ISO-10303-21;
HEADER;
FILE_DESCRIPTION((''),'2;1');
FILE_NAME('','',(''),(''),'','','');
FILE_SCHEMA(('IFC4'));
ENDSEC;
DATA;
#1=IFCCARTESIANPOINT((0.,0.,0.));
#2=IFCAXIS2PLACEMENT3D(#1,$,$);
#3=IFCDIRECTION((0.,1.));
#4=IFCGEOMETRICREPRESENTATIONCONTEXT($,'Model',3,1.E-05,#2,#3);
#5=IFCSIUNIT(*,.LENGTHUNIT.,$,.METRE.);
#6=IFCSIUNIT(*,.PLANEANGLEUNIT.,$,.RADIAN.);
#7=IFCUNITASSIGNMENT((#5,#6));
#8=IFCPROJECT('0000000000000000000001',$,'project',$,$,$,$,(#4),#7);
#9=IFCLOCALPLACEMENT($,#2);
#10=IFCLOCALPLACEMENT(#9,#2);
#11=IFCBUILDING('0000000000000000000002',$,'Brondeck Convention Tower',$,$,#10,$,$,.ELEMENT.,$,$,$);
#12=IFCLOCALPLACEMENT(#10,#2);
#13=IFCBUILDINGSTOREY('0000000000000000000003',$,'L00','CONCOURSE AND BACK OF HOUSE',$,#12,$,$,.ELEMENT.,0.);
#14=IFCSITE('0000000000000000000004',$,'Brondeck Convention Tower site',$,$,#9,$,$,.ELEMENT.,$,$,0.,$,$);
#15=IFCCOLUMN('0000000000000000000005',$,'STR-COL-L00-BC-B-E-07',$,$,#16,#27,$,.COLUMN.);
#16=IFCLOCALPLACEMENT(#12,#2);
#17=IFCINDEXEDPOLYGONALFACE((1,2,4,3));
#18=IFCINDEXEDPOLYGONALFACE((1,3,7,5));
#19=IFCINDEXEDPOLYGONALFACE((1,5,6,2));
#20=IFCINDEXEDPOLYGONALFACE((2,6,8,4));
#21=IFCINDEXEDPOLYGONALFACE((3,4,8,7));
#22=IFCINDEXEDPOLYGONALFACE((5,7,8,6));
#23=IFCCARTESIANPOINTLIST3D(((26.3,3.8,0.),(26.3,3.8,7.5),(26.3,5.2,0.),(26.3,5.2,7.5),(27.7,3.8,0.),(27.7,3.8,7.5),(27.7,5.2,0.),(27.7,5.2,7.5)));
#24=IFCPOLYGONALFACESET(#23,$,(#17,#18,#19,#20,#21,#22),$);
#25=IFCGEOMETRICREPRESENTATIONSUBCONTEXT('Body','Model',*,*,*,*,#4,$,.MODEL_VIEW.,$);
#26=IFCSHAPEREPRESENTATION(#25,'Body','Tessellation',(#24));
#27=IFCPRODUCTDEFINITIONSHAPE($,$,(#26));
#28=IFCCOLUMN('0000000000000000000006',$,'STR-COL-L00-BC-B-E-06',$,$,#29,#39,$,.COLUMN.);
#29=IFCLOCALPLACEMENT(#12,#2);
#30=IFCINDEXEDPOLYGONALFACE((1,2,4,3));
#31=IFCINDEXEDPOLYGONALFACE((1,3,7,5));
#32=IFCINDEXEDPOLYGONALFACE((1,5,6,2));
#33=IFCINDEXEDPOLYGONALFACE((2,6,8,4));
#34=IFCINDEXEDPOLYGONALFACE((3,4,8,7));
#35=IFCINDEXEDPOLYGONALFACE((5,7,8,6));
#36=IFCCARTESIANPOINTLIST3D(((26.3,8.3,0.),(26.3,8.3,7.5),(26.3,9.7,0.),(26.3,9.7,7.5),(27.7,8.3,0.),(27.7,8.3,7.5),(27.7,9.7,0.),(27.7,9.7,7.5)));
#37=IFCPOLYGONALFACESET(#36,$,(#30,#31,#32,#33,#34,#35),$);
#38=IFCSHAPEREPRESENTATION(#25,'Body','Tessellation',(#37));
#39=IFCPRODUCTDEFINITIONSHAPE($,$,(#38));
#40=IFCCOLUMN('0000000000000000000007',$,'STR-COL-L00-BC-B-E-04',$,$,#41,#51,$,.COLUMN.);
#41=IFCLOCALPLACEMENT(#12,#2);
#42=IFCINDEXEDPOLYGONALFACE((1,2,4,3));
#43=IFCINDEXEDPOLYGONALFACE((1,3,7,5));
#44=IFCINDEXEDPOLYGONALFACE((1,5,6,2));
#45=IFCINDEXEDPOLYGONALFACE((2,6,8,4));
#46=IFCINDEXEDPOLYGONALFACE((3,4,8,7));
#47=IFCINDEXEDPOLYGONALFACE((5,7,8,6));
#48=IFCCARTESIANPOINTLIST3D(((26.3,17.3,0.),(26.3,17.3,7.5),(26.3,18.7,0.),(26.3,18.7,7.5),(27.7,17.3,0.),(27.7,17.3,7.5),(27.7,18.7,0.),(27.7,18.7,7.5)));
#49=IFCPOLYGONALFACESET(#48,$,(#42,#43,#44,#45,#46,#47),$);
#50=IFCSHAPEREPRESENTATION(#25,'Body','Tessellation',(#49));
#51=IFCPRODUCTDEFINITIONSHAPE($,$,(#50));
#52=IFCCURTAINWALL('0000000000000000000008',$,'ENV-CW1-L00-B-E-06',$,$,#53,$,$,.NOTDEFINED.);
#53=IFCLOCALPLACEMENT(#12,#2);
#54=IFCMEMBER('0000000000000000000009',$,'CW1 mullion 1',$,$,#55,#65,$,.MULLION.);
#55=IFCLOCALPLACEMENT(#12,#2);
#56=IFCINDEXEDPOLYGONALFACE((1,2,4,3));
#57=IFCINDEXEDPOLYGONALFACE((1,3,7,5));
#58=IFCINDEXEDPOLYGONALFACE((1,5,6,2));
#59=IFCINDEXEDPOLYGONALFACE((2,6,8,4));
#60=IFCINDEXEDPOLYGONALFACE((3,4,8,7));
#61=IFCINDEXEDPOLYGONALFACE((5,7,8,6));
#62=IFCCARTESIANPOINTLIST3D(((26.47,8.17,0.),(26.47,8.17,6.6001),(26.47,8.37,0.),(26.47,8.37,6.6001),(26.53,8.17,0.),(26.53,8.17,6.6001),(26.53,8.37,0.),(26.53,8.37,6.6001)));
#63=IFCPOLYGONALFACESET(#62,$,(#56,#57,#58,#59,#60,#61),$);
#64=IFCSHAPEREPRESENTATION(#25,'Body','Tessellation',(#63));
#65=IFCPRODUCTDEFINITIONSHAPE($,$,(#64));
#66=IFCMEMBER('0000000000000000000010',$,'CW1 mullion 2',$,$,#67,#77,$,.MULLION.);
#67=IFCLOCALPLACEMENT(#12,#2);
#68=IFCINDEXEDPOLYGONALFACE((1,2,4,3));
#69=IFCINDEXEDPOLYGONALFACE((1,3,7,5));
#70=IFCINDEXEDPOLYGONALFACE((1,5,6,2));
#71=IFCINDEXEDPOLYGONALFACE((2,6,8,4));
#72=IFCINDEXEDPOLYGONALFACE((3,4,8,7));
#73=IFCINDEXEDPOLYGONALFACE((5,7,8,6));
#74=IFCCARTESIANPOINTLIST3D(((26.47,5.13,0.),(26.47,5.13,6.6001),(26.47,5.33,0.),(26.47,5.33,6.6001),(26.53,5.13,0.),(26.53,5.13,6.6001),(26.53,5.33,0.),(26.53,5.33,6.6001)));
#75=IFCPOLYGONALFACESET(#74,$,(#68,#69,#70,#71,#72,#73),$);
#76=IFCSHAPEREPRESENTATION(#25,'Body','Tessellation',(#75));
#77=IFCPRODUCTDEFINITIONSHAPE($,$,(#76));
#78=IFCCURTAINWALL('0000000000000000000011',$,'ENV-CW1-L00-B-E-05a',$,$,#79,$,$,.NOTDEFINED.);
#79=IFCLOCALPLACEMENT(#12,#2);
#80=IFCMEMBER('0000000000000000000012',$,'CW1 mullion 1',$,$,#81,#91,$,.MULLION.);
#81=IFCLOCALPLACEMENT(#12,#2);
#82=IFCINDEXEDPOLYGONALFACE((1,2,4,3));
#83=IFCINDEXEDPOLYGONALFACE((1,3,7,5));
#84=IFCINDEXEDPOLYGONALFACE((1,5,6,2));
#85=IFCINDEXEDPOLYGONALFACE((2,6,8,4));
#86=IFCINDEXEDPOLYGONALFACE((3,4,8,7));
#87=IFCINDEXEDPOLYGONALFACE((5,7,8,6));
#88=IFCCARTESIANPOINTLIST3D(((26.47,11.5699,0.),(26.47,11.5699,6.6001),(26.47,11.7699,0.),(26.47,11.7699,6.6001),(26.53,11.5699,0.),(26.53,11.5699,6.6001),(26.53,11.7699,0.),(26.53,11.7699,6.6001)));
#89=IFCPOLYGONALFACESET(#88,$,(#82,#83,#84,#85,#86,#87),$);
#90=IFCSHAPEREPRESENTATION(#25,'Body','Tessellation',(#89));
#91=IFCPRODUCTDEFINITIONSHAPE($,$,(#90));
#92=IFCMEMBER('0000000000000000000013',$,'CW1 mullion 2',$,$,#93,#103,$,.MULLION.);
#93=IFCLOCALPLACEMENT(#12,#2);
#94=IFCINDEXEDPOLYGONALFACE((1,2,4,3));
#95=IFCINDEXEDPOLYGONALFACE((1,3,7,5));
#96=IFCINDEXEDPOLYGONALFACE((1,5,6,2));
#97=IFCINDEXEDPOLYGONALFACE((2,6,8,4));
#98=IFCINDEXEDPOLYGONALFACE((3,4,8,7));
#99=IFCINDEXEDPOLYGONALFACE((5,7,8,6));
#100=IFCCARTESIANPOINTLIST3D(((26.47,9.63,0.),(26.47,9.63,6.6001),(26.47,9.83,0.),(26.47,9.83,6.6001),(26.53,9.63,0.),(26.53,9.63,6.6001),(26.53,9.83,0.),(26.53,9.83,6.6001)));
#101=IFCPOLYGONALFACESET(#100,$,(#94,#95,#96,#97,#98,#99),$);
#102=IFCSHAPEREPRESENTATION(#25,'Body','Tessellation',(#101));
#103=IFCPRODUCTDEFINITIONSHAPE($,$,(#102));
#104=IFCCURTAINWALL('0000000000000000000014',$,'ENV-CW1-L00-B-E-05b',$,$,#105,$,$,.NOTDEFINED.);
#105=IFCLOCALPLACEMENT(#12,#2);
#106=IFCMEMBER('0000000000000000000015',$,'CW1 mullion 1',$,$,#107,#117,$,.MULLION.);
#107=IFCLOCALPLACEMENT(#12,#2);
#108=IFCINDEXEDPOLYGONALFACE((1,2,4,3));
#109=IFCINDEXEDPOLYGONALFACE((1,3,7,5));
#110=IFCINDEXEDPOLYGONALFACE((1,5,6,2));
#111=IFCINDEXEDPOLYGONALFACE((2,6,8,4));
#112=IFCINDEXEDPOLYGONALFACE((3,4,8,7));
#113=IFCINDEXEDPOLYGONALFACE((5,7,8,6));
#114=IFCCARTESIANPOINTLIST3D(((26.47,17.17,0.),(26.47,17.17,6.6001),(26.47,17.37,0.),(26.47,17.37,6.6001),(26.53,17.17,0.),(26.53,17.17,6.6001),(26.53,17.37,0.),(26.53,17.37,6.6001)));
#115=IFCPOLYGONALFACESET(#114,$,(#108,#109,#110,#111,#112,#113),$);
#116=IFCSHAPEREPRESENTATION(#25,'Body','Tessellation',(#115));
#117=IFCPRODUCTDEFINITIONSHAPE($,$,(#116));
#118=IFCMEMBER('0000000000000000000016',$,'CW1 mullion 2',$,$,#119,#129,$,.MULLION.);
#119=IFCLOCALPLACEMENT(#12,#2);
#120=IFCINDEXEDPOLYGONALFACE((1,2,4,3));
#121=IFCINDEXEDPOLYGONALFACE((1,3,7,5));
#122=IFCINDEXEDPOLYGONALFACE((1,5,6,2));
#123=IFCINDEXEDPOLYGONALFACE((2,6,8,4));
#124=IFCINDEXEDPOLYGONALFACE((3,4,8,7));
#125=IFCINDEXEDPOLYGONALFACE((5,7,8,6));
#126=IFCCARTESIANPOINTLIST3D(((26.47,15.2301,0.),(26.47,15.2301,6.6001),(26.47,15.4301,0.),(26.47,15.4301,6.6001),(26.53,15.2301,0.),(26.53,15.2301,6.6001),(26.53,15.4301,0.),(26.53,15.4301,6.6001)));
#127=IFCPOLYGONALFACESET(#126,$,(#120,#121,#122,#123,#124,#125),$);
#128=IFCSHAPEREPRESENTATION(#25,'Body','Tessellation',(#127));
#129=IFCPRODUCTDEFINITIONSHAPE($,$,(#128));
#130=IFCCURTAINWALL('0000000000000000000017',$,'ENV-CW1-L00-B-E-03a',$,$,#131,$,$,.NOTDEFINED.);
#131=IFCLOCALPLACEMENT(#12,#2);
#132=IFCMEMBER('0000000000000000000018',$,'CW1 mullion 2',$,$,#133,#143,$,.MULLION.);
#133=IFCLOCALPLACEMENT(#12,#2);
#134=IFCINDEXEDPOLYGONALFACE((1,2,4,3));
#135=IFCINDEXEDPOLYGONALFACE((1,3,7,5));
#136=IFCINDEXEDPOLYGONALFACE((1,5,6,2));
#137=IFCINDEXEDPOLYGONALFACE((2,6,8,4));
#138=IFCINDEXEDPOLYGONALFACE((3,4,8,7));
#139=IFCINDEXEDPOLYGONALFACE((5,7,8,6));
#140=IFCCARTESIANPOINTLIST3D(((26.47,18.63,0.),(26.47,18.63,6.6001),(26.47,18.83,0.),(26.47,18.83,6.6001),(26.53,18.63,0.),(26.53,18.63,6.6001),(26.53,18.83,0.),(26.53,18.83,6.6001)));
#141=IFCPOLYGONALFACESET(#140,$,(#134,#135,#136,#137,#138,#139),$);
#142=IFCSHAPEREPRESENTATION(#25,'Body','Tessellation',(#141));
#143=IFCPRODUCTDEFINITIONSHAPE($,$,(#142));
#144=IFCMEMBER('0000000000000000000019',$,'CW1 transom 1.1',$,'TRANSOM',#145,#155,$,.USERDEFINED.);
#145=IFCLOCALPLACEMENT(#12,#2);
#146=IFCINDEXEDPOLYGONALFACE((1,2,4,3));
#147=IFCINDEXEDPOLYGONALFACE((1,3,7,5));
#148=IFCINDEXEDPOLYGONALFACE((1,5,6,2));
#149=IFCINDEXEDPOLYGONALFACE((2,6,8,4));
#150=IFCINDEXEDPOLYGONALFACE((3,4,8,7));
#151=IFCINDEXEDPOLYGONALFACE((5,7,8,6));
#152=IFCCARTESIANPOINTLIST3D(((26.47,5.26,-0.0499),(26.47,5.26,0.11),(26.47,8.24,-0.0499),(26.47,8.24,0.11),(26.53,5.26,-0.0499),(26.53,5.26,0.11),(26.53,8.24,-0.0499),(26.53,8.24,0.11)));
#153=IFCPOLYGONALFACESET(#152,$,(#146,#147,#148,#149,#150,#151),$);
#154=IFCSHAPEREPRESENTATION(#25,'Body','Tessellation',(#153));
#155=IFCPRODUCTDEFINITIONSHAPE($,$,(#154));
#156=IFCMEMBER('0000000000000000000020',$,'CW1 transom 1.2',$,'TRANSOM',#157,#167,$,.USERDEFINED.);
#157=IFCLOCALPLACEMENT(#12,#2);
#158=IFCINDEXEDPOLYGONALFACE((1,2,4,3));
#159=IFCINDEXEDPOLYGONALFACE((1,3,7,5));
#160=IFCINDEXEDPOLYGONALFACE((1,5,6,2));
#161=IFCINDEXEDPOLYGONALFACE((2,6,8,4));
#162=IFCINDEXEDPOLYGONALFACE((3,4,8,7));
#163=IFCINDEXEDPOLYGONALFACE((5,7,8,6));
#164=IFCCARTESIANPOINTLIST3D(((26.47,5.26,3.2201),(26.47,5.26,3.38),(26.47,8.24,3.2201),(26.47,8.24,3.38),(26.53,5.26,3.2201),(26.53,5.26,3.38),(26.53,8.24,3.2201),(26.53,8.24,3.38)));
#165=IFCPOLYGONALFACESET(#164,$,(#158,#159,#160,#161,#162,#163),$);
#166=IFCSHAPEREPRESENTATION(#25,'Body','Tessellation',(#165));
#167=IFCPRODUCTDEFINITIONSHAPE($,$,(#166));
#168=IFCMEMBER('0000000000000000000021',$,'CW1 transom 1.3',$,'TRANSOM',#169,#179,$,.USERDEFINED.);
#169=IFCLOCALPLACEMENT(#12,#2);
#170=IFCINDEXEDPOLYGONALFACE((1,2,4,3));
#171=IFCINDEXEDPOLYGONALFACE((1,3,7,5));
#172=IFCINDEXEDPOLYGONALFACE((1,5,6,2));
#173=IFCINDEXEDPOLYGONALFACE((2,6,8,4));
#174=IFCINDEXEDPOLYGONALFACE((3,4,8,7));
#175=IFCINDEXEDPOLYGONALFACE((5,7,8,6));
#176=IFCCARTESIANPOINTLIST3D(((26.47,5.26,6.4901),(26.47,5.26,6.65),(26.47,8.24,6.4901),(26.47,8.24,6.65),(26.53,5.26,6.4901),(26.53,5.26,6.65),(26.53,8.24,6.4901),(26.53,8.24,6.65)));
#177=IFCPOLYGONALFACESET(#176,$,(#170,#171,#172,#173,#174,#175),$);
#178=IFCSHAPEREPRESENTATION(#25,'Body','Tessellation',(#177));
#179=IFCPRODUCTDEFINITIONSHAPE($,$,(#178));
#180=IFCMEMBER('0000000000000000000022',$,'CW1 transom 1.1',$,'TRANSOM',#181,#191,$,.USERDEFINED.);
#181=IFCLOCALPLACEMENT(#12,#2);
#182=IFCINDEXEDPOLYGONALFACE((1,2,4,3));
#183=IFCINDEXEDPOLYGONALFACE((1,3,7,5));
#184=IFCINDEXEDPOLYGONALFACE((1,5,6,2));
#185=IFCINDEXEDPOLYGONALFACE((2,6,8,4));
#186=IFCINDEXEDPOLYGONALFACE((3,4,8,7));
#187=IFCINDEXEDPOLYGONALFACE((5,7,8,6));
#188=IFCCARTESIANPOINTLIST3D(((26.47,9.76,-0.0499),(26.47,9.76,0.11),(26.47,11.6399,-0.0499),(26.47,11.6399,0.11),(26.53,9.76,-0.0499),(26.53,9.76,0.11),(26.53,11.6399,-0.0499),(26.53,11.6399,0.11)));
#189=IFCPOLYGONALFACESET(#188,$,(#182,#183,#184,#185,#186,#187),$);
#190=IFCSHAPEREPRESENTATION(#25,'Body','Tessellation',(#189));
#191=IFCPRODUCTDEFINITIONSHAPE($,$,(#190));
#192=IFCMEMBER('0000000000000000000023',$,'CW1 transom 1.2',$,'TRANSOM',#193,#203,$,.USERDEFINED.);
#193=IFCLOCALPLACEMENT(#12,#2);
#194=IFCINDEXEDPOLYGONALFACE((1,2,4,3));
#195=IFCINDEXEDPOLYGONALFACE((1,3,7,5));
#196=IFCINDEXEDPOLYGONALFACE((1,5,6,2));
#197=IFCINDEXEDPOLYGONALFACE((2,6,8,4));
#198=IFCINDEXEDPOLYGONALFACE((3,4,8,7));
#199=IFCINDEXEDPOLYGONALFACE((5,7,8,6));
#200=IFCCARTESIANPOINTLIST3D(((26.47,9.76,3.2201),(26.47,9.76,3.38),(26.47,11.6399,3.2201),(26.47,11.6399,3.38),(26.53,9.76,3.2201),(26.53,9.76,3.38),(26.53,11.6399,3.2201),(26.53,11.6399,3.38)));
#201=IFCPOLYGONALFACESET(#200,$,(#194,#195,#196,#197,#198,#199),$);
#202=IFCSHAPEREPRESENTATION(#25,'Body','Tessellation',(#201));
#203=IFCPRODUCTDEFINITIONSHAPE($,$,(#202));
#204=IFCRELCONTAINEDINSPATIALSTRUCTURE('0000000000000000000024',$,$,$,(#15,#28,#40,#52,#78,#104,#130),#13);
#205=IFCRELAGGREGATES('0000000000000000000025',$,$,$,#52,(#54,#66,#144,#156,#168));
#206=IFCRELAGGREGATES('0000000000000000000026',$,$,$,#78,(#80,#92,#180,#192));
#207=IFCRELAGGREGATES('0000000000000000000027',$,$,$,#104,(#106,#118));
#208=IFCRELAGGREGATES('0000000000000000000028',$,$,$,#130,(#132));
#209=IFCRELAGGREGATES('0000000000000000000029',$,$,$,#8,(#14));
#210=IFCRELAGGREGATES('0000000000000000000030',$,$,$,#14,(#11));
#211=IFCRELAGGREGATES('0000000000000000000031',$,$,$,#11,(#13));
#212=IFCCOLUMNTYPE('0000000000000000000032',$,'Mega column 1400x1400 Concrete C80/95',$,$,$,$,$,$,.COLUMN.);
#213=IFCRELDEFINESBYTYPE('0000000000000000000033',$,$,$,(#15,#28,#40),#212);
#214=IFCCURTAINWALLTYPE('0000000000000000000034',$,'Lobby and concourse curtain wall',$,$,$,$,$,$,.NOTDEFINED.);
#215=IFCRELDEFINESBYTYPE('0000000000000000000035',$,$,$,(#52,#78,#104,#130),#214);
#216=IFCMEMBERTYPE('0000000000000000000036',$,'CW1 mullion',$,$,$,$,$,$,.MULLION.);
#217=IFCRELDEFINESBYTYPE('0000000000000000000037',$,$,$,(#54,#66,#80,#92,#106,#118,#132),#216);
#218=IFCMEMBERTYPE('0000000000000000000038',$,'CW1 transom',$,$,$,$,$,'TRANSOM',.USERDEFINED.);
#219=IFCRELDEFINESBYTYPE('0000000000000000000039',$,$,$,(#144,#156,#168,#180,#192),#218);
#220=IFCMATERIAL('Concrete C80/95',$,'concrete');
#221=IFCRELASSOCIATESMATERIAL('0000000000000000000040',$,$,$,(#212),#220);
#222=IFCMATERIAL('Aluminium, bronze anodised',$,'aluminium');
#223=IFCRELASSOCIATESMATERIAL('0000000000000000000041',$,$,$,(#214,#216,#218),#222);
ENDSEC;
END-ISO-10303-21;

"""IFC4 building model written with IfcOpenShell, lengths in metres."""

from ifc_helpers import new_model, si_unit, direction, frame, origin, origin_2d, place, context, subcontext, project, spatial, rectangle, extrude, material, material_profile, profile_set, type_object, element, aggregate, save


model = new_model("IFC4")

# Units and contexts
model_context = context("Model", 3, precision=1e-05, world=origin(), true_north=direction((0.0, 1.0)))
body_context = subcontext(model_context, "Body", "Model", "MODEL_VIEW")
ifc_project = project(units=[si_unit("LENGTHUNIT", "METRE"), si_unit("PLANEANGLEUNIT", "RADIAN")], contexts=[model_context])

# Site, building, storey
site_placement = place(None, origin())
site = spatial("IfcSite", under=ifc_project, at=site_placement, Name="Brondeck Convention Tower site", CompositionType="ELEMENT", RefElevation=0.0)
building_placement = place(site_placement, origin())
building = spatial("IfcBuilding", under=site, at=building_placement, Name="Brondeck Convention Tower", CompositionType="ELEMENT")
storey_placement = place(building_placement, origin())
storey = spatial("IfcBuildingStorey", under=building, at=storey_placement, Name="L00", Description="CONCOURSE AND BACK OF HOUSE", CompositionType="ELEMENT", Elevation=0.0)

# Columns
ifc_material_1 = material(Name="Concrete C80/95", Category="concrete")
ifc_material_profile_1 = material_profile(ifc_material_1, rectangle(XDim=1.3999, YDim=1.3999, at=origin_2d()), Name="Mega column 1400x1400 Concrete C80/95")
ifc_profile_set_1 = profile_set([ifc_material_profile_1], Name="Concrete C80/95")
column_type = type_object("IfcColumnType", Name="Mega column 1400x1400 Concrete C80/95", PredefinedType="COLUMN", material=ifc_profile_set_1)
for number, where, z_axis, x_axis, name in (
    (1, (27.0, 4.5, 0.0), (0.0, 0.0, 1.0), (1.0, 0.0, 0.0), "STR-COL-L00-BC-B-E-07"),
    (2, (27.0, 9.0, 0.0), (0.0, 0.0, 1.0), (1.0, 0.0, 0.0), "STR-COL-L00-BC-B-E-06"),
    (3, (27.0, 18.0, 0.0), (0.0, 0.0, 1.0), (1.0, 0.0, 0.0), "STR-COL-L00-BC-B-E-04"),
):
    element("IfcColumn", number, at=place(storey_placement, frame(where, z_axis=z_axis, x_axis=x_axis)), inside=storey, type_object=column_type, Name=name, PredefinedType="COLUMN", context=body_context, shape_type="SweptSolid", body=[
        extrude(rectangle(XDim=1.3999, YDim=1.3999, at=origin_2d()), origin(), (0.0, 0.0, 1.0), 7.5),
    ])

# Curtain walls, members
ifc_material_2 = material(Name="Aluminium, bronze anodised", Category="aluminium")
curtain_wall_type = type_object("IfcCurtainWallType", Name="Lobby and concourse curtain wall", PredefinedType="NOTDEFINED", material=ifc_material_2)
curtain_wall_1_placement = place(storey_placement, origin())
curtain_wall_1 = element("IfcCurtainWall", 4, at=curtain_wall_1_placement, inside=storey, type_object=curtain_wall_type, Name="ENV-CW1-L00-B-E-06", PredefinedType="NOTDEFINED")
ifc_material_profile_2 = material_profile(ifc_material_2, rectangle(XDim=0.0601, YDim=0.2, at=origin_2d()), Name="CW1 mullion")
ifc_profile_set_2 = profile_set([ifc_material_profile_2], Name="Aluminium, bronze anodised")
member_type_1 = type_object("IfcMemberType", Name="CW1 mullion", PredefinedType="MULLION", material=ifc_profile_set_2)
member_1_placement = place(storey_placement, frame((26.5, 8.27, 0.0), z_axis=(0.0, 0.0, 1.0), x_axis=(1.0, 0.0, 0.0)))
member_1 = element("IfcMember", 5, at=member_1_placement, type_object=member_type_1, Name="CW1 mullion 1", PredefinedType="MULLION", context=body_context, shape_type="SweptSolid", body=[
    extrude(rectangle(XDim=0.0601, YDim=0.2, at=origin_2d()), origin(), (0.0, 0.0, 1.0), 6.6001),
])
member_2_placement = place(storey_placement, frame((26.5, 5.23, 0.0), z_axis=(0.0, 0.0, 1.0), x_axis=(1.0, 0.0, 0.0)))
member_2 = element("IfcMember", 6, at=member_2_placement, type_object=member_type_1, Name="CW1 mullion 2", PredefinedType="MULLION", context=body_context, shape_type="SweptSolid", body=[
    extrude(rectangle(XDim=0.0601, YDim=0.2, at=origin_2d()), origin(), (0.0, 0.0, 1.0), 6.6001),
])
curtain_wall_2_placement = place(storey_placement, origin())
curtain_wall_2 = element("IfcCurtainWall", 7, at=curtain_wall_2_placement, inside=storey, type_object=curtain_wall_type, Name="ENV-CW1-L00-B-E-05a", PredefinedType="NOTDEFINED")
member_3_placement = place(storey_placement, frame((26.5, 11.6699, 0.0), z_axis=(0.0, 0.0, 1.0), x_axis=(1.0, 0.0, 0.0)))
member_3 = element("IfcMember", 8, at=member_3_placement, type_object=member_type_1, Name="CW1 mullion 1", PredefinedType="MULLION", context=body_context, shape_type="SweptSolid", body=[
    extrude(rectangle(XDim=0.0601, YDim=0.2, at=origin_2d()), origin(), (0.0, 0.0, 1.0), 6.6001),
])
member_4_placement = place(storey_placement, frame((26.5, 9.73, 0.0), z_axis=(0.0, 0.0, 1.0), x_axis=(1.0, 0.0, 0.0)))
member_4 = element("IfcMember", 9, at=member_4_placement, type_object=member_type_1, Name="CW1 mullion 2", PredefinedType="MULLION", context=body_context, shape_type="SweptSolid", body=[
    extrude(rectangle(XDim=0.0601, YDim=0.2, at=origin_2d()), origin(), (0.0, 0.0, 1.0), 6.6001),
])
curtain_wall_3_placement = place(storey_placement, origin())
curtain_wall_3 = element("IfcCurtainWall", 10, at=curtain_wall_3_placement, inside=storey, type_object=curtain_wall_type, Name="ENV-CW1-L00-B-E-05b", PredefinedType="NOTDEFINED")
member_5_placement = place(storey_placement, frame((26.5, 17.27, 0.0), z_axis=(0.0, 0.0, 1.0), x_axis=(1.0, 0.0, 0.0)))
member_5 = element("IfcMember", 11, at=member_5_placement, type_object=member_type_1, Name="CW1 mullion 1", PredefinedType="MULLION", context=body_context, shape_type="SweptSolid", body=[
    extrude(rectangle(XDim=0.0601, YDim=0.2, at=origin_2d()), origin(), (0.0, 0.0, 1.0), 6.6001),
])
member_6_placement = place(storey_placement, frame((26.5, 15.3301, 0.0), z_axis=(0.0, 0.0, 1.0), x_axis=(1.0, 0.0, 0.0)))
member_6 = element("IfcMember", 12, at=member_6_placement, type_object=member_type_1, Name="CW1 mullion 2", PredefinedType="MULLION", context=body_context, shape_type="SweptSolid", body=[
    extrude(rectangle(XDim=0.0601, YDim=0.2, at=origin_2d()), origin(), (0.0, 0.0, 1.0), 6.6001),
])

# Curtain wall, member
curtain_wall_4_placement = place(storey_placement, origin())
curtain_wall_4 = element("IfcCurtainWall", 13, at=curtain_wall_4_placement, inside=storey, type_object=curtain_wall_type, Name="ENV-CW1-L00-B-E-03a", PredefinedType="NOTDEFINED")
member_7_placement = place(storey_placement, frame((26.5, 18.73, 0.0), z_axis=(0.0, 0.0, 1.0), x_axis=(1.0, 0.0, 0.0)))
member_7 = element("IfcMember", 14, at=member_7_placement, type_object=member_type_1, Name="CW1 mullion 2", PredefinedType="MULLION", context=body_context, shape_type="SweptSolid", body=[
    extrude(rectangle(XDim=0.0601, YDim=0.2, at=origin_2d()), origin(), (0.0, 0.0, 1.0), 6.6001),
])

# Members
ifc_material_profile_3 = material_profile(ifc_material_2, rectangle(XDim=0.0601, YDim=0.1599, at=origin_2d()), Name="CW1 transom")
ifc_profile_set_3 = profile_set([ifc_material_profile_3], Name="Aluminium, bronze anodised")
member_type_2 = type_object("IfcMemberType", Name="CW1 transom", ElementType="TRANSOM", PredefinedType="USERDEFINED", material=ifc_profile_set_3)
member_8_placement = place(storey_placement, frame((26.5, 8.24, 0.03), z_axis=(0.0, -1.0, 0.0), x_axis=(1.0, 0.0, 0.0)))
member_8 = element("IfcMember", 15, at=member_8_placement, type_object=member_type_2, Name="CW1 transom 1.1", ObjectType="TRANSOM", PredefinedType="USERDEFINED", context=body_context, shape_type="SweptSolid", body=[
    extrude(rectangle(XDim=0.0601, YDim=0.1599, at=origin_2d()), origin(), (0.0, 0.0, 1.0), 2.98),
])
member_9_placement = place(storey_placement, frame((26.5, 8.24, 3.3), z_axis=(0.0, -1.0, 0.0), x_axis=(1.0, 0.0, 0.0)))
member_9 = element("IfcMember", 16, at=member_9_placement, type_object=member_type_2, Name="CW1 transom 1.2", ObjectType="TRANSOM", PredefinedType="USERDEFINED", context=body_context, shape_type="SweptSolid", body=[
    extrude(rectangle(XDim=0.0601, YDim=0.1599, at=origin_2d()), origin(), (0.0, 0.0, 1.0), 2.98),
])
member_10_placement = place(storey_placement, frame((26.5, 8.24, 6.5701), z_axis=(0.0, -1.0, 0.0), x_axis=(1.0, 0.0, 0.0)))
member_10 = element("IfcMember", 17, at=member_10_placement, type_object=member_type_2, Name="CW1 transom 1.3", ObjectType="TRANSOM", PredefinedType="USERDEFINED", context=body_context, shape_type="SweptSolid", body=[
    extrude(rectangle(XDim=0.0601, YDim=0.1599, at=origin_2d()), origin(), (0.0, 0.0, 1.0), 2.98),
])
member_11_placement = place(storey_placement, frame((26.5, 11.6399, 0.03), z_axis=(0.0, -1.0, 0.0), x_axis=(1.0, 0.0, 0.0)))
member_11 = element("IfcMember", 18, at=member_11_placement, type_object=member_type_2, Name="CW1 transom 1.1", ObjectType="TRANSOM", PredefinedType="USERDEFINED", context=body_context, shape_type="SweptSolid", body=[
    extrude(rectangle(XDim=0.0601, YDim=0.1599, at=origin_2d()), origin(), (0.0, 0.0, 1.0), 1.8799),
])
member_12_placement = place(storey_placement, frame((26.5, 11.6399, 3.3), z_axis=(0.0, -1.0, 0.0), x_axis=(1.0, 0.0, 0.0)))
member_12 = element("IfcMember", 19, at=member_12_placement, type_object=member_type_2, Name="CW1 transom 1.2", ObjectType="TRANSOM", PredefinedType="USERDEFINED", context=body_context, shape_type="SweptSolid", body=[
    extrude(rectangle(XDim=0.0601, YDim=0.1599, at=origin_2d()), origin(), (0.0, 0.0, 1.0), 1.8799),
])

aggregate(curtain_wall_1, [member_1, member_2, member_8, member_9, member_10])
aggregate(curtain_wall_2, [member_3, member_4, member_11, member_12])
aggregate(curtain_wall_3, [member_5, member_6])
aggregate(curtain_wall_4, [member_7])

save(model, "model.ifc")
